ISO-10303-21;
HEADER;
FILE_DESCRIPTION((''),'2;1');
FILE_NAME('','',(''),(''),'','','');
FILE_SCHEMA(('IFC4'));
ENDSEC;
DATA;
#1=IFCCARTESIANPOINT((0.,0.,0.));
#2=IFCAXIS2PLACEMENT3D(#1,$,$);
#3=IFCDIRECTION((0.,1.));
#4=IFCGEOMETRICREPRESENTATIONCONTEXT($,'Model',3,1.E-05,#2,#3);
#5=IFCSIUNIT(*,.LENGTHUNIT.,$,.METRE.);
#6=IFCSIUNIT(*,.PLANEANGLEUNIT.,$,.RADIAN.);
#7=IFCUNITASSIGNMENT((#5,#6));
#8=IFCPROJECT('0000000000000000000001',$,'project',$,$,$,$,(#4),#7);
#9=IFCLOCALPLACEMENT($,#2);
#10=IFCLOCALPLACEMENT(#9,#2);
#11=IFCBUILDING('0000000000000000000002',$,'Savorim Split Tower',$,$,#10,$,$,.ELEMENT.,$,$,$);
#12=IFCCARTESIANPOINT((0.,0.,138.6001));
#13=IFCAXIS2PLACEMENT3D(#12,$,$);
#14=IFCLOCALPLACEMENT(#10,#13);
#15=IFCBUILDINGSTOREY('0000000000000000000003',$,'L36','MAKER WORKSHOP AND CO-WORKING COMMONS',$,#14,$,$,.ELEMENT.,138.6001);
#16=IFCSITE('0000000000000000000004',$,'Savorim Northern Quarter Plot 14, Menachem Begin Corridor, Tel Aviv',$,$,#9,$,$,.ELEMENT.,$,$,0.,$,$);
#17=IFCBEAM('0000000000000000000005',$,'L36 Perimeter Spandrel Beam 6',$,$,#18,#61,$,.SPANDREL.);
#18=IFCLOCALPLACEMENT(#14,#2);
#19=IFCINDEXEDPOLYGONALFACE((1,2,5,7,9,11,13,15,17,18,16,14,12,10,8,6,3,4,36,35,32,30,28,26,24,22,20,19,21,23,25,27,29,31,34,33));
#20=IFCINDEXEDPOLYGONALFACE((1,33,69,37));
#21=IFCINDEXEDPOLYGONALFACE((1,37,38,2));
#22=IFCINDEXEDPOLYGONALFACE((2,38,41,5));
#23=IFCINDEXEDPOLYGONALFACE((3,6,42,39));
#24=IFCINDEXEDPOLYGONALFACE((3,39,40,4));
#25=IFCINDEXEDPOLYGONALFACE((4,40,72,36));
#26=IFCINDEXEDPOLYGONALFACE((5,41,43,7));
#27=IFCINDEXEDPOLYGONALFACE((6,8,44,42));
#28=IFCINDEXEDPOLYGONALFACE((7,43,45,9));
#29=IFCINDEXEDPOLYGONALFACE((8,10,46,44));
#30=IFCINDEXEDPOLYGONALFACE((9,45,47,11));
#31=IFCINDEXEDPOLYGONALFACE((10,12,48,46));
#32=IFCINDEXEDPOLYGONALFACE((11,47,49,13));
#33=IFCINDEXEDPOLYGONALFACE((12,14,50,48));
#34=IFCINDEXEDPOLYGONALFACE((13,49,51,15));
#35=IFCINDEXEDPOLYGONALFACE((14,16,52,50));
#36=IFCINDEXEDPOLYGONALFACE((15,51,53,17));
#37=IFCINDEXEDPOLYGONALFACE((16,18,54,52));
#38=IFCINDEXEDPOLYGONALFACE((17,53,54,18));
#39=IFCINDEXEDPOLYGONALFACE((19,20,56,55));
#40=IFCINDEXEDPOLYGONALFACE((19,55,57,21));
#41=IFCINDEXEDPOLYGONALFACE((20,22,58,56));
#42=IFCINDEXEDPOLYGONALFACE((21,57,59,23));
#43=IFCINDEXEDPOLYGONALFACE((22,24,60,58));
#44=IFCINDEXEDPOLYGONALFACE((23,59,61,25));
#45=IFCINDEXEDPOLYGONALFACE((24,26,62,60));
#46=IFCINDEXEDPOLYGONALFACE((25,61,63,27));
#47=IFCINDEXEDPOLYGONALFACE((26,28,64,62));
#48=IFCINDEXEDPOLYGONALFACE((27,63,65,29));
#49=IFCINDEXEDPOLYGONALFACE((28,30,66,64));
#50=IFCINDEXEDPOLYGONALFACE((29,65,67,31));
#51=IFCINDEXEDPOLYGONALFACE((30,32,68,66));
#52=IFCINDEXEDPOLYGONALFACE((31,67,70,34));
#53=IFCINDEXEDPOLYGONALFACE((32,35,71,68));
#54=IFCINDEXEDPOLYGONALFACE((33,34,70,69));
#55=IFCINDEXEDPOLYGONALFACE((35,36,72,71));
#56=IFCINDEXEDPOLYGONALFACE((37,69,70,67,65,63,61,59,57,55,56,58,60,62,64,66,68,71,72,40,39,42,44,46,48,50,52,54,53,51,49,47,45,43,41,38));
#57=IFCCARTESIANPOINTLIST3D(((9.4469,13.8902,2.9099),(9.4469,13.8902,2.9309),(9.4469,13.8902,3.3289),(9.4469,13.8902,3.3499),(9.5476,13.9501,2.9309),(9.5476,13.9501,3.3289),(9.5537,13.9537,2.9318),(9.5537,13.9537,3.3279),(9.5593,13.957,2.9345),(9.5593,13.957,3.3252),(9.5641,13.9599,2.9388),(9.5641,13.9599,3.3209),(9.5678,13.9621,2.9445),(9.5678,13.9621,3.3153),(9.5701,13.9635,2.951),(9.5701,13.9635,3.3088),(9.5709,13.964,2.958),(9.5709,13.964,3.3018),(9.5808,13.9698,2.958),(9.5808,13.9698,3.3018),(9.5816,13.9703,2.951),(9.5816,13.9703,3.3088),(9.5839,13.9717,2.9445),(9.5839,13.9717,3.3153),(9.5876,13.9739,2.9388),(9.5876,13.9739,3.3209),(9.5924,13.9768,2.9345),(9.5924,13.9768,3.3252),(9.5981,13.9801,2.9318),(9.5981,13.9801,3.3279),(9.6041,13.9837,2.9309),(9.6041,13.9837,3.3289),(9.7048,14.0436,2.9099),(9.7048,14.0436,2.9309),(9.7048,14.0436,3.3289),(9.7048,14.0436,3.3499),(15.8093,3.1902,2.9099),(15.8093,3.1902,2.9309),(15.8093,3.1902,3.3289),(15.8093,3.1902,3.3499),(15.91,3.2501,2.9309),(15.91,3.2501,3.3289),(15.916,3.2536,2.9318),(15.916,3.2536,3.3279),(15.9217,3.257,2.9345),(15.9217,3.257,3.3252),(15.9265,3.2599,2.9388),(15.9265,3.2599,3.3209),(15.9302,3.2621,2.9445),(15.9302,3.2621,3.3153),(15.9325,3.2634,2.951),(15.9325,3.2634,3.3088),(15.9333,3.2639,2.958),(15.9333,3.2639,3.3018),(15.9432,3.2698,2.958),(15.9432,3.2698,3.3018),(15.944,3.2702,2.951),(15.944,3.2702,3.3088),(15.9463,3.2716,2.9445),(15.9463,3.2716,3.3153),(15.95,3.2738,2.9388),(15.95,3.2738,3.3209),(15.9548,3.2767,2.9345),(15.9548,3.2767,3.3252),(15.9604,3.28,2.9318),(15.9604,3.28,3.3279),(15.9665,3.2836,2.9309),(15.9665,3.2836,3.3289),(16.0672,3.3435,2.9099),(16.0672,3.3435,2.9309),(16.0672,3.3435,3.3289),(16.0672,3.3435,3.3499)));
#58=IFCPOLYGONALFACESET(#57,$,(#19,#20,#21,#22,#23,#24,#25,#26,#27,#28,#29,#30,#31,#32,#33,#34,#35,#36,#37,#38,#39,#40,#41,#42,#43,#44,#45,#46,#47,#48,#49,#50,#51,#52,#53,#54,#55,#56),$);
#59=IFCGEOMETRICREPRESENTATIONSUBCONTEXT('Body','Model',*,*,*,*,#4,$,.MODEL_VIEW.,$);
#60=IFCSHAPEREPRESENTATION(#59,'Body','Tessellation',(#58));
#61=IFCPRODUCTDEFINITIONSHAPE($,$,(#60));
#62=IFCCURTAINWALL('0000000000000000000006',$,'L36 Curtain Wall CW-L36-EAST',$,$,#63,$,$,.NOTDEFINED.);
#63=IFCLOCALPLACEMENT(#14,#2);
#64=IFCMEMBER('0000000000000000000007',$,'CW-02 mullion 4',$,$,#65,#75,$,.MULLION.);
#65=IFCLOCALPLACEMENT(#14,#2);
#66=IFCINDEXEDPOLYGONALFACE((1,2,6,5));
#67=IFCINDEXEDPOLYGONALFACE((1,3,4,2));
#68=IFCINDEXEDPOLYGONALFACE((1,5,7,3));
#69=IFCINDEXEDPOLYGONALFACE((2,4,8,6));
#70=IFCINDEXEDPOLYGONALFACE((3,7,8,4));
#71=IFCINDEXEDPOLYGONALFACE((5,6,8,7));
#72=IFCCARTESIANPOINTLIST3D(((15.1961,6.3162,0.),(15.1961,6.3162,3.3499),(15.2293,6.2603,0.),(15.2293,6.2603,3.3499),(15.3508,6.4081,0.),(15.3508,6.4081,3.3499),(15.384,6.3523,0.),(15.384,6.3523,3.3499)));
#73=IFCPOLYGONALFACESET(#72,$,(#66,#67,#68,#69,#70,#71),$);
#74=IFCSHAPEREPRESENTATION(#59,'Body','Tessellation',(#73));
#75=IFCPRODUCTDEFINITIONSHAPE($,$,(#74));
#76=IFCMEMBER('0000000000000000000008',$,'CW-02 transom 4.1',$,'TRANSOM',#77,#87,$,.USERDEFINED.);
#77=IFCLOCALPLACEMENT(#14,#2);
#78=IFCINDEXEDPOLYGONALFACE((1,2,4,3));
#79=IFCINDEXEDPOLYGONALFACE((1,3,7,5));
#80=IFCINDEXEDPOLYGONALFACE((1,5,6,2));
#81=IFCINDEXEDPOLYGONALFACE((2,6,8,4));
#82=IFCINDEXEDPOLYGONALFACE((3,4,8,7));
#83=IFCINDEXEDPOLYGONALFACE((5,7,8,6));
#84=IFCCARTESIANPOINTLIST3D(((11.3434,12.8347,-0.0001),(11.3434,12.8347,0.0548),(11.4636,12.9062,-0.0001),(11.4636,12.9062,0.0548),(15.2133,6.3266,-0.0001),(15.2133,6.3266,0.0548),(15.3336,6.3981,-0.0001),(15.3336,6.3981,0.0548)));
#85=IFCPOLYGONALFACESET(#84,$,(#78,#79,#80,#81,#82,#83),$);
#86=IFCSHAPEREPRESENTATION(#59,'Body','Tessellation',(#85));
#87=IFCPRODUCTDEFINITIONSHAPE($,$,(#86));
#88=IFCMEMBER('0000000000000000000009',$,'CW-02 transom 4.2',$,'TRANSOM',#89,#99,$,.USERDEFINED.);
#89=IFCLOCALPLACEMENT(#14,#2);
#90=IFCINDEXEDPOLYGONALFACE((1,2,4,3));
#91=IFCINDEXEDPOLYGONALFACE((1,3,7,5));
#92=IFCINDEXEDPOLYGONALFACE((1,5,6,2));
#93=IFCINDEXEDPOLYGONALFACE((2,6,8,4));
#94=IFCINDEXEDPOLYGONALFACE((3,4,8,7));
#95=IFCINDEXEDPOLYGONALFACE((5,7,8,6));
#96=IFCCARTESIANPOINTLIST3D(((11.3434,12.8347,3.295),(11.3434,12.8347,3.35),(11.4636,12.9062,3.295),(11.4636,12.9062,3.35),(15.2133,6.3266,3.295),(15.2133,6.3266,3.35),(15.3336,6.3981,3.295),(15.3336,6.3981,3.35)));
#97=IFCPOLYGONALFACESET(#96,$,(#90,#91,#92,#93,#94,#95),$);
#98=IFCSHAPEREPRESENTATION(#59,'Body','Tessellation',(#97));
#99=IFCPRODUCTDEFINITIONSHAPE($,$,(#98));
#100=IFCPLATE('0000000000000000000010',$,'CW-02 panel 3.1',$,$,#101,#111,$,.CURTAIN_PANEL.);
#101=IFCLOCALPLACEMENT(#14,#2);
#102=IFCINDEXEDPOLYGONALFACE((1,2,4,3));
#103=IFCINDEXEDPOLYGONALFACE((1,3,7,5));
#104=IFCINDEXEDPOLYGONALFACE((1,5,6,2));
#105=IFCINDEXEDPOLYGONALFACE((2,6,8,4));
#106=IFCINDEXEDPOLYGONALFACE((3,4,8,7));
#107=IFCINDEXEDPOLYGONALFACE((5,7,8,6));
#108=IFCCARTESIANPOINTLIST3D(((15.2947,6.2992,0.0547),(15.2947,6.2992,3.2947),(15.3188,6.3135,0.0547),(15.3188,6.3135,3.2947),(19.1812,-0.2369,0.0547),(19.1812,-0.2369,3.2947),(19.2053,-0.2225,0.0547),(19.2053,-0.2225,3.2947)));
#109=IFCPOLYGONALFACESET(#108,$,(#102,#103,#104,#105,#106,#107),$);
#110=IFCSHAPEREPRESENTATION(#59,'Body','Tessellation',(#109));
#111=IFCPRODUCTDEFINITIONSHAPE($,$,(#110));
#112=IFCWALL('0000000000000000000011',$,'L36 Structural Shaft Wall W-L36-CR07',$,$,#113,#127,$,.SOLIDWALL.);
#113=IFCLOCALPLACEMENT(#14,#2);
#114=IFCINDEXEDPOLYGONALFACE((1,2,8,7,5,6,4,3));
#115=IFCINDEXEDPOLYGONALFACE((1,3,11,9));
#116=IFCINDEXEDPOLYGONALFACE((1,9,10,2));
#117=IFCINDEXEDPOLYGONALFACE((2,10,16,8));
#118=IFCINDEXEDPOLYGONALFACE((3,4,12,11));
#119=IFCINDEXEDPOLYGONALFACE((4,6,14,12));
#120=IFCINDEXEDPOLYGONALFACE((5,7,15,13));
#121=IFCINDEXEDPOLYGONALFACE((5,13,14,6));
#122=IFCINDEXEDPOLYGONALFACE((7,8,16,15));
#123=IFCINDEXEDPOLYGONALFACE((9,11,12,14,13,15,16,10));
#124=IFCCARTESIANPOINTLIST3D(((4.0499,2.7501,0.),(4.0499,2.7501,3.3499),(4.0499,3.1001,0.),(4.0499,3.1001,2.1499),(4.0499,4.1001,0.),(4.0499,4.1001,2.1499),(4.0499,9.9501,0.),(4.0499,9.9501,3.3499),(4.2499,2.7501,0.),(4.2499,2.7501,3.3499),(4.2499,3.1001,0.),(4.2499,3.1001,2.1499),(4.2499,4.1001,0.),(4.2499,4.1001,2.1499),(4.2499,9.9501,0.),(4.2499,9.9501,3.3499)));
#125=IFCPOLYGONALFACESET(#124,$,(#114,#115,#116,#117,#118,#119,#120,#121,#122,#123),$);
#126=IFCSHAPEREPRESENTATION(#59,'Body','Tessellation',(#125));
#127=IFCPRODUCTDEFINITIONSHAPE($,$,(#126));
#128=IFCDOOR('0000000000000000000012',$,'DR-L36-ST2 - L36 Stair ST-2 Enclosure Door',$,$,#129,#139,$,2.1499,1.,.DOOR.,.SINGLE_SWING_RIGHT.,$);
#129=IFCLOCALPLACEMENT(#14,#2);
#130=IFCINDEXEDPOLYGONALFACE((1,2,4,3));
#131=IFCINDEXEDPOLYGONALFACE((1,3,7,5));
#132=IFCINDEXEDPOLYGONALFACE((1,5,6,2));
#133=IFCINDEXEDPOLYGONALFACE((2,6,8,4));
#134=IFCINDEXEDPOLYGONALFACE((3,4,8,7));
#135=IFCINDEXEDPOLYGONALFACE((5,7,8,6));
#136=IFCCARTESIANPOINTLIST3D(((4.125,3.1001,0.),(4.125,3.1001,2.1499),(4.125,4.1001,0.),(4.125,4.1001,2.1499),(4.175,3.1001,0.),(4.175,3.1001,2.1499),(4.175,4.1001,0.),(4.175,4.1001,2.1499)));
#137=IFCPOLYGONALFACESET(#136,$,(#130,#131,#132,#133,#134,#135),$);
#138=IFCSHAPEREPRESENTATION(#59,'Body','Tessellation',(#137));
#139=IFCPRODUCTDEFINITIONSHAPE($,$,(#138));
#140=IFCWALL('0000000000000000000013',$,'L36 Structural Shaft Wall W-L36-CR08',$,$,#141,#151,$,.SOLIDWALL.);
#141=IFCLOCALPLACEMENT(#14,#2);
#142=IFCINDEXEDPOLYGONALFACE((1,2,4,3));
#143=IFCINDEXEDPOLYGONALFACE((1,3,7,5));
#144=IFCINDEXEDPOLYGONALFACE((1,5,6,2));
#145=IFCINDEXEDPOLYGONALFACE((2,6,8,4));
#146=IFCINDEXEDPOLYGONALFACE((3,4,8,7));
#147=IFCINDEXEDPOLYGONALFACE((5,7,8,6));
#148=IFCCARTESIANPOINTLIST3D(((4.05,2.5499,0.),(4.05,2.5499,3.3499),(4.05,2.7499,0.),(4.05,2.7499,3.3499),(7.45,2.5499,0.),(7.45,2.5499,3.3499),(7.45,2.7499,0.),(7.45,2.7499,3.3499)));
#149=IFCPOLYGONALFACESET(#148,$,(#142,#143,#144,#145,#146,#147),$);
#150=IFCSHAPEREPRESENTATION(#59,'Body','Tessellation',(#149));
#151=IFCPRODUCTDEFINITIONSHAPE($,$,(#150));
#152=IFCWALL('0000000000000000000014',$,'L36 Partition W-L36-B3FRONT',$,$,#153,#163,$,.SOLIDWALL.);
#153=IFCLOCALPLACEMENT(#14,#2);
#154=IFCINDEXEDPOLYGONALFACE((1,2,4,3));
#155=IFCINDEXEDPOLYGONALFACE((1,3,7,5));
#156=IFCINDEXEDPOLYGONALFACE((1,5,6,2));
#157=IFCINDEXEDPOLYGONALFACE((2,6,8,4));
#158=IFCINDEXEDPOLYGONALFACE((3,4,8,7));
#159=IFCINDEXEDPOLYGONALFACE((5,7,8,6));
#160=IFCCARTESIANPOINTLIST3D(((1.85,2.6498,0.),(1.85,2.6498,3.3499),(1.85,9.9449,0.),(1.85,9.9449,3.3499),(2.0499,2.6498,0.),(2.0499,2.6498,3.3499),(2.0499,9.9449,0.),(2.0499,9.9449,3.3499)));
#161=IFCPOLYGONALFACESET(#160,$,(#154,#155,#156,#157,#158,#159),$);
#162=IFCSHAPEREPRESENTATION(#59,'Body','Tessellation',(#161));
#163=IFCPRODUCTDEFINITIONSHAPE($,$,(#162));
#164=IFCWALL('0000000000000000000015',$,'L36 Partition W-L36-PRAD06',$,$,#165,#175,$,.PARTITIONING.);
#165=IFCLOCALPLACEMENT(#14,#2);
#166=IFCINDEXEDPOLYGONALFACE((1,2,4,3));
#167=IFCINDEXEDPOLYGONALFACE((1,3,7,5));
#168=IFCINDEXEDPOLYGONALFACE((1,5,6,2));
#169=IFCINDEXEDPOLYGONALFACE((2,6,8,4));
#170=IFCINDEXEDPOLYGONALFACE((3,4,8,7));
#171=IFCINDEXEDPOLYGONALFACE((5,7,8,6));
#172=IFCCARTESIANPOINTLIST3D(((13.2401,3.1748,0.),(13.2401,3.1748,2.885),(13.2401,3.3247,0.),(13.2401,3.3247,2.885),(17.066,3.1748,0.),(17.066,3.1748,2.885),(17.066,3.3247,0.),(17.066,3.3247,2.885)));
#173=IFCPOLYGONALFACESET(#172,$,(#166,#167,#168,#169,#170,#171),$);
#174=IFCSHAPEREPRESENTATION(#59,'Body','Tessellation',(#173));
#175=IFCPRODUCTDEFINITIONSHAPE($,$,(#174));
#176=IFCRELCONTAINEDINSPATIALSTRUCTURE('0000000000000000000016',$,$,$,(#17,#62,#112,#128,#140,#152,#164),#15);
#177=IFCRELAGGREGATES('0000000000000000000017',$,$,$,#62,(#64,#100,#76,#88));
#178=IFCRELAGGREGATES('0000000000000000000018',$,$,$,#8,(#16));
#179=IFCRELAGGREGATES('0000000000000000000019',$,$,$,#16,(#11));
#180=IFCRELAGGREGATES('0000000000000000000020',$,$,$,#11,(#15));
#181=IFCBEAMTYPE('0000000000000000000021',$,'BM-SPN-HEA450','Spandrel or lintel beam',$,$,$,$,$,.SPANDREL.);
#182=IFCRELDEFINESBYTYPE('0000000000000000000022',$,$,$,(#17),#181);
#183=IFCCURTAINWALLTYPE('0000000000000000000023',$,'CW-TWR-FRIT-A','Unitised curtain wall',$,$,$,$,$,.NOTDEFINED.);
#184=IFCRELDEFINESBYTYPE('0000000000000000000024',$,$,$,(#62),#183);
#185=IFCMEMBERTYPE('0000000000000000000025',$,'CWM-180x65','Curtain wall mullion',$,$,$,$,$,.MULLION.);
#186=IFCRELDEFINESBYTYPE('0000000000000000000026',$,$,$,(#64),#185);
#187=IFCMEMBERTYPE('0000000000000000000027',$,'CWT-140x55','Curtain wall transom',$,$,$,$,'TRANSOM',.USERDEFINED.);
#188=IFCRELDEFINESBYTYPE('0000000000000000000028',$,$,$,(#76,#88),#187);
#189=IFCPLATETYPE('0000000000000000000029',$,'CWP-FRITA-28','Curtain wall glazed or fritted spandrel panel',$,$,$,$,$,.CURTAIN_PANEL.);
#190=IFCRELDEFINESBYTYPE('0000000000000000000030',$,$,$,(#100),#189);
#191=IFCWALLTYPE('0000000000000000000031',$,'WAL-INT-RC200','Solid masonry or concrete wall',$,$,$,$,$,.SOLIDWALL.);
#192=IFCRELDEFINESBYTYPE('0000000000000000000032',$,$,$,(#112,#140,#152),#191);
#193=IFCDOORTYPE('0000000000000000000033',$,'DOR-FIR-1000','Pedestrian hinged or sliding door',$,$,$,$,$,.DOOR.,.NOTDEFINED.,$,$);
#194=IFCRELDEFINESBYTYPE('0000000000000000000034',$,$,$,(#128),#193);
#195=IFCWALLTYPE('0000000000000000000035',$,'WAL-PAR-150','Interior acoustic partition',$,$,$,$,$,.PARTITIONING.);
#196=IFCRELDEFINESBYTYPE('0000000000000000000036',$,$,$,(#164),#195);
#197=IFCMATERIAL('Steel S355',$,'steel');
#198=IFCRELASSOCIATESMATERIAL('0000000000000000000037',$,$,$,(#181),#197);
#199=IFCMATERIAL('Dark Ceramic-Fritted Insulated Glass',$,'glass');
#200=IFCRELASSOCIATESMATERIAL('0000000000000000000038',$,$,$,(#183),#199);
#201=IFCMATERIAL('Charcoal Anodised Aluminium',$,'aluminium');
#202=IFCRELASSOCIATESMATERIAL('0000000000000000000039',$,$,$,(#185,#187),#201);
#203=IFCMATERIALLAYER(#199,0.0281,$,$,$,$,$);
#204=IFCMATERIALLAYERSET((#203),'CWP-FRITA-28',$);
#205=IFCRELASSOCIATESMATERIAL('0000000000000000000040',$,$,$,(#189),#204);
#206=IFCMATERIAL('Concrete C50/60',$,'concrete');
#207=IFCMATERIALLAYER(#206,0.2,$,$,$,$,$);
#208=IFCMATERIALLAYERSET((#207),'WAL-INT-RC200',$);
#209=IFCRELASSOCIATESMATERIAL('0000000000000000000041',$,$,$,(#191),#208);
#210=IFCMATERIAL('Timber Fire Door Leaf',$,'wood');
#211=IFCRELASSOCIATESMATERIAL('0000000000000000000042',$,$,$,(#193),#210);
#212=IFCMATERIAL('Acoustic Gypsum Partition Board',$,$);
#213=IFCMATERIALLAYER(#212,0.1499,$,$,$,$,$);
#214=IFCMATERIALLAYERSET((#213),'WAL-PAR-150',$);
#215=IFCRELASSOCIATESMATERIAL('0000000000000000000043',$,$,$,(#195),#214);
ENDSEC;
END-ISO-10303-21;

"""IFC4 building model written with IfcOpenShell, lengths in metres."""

from ifc_helpers import new_model, si_unit, direction, frame, frame_2d, origin, origin_2d, place, context, subcontext, project, spatial, rectangle, i_section, extrude, material, layer, layer_set, material_profile, profile_set, type_object, element, fill, aggregate, save


model = new_model("IFC4")

# Units and contexts
model_context = context("Model", 3, precision=1e-05, world=origin(), true_north=direction((0.0, 1.0)))
body_context = subcontext(model_context, "Body", "Model", "MODEL_VIEW")
ifc_project = project(units=[si_unit("LENGTHUNIT", "METRE"), si_unit("PLANEANGLEUNIT", "RADIAN")], contexts=[model_context])

# Site, building, storey
site_placement = place(None, origin())
site = spatial("IfcSite", under=ifc_project, at=site_placement, Name="Savorim Northern Quarter Plot 14, Menachem Begin Corridor, Tel Aviv", CompositionType="ELEMENT", RefElevation=0.0)
building_placement = place(site_placement, origin())
building = spatial("IfcBuilding", under=site, at=building_placement, Name="Savorim Split Tower", CompositionType="ELEMENT")
storey_placement = place(building_placement, frame((0.0, 0.0, 138.6001)))
storey = spatial("IfcBuildingStorey", under=building, at=storey_placement, Name="L36", Description="MAKER WORKSHOP AND CO-WORKING COMMONS", CompositionType="ELEMENT", Elevation=138.6001)

# Beam
ifc_material_1 = material(Name="Steel S355", Category="steel")
ifc_material_profile_1 = material_profile(ifc_material_1, i_section(OverallWidth=0.3, OverallDepth=0.4399, WebThickness=0.0115, FlangeThickness=0.021, FilletRadius=0.0271, at=origin_2d()), Name="HEA 450")
ifc_profile_set_1 = profile_set([ifc_material_profile_1], Name="Steel S355")
beam_type_1 = type_object("IfcBeamType", Name="BM-SPN-HEA450", Description="Spandrel or lintel beam", PredefinedType="SPANDREL", material=ifc_profile_set_1)
beam_1_placement = place(storey_placement, frame((15.9382, 3.2668, 3.1299), z_axis=(-0.511086, 0.85953, 0.0), x_axis=(-0.85953, -0.511086, 0.0)))
element("IfcBeam", 1, at=beam_1_placement, inside=storey, type_object=beam_type_1, Name="L36 Perimeter Spandrel Beam 6", PredefinedType="SPANDREL", context=body_context, shape_type="SweptSolid", body=[
    extrude(i_section(OverallWidth=0.3, OverallDepth=0.4399, WebThickness=0.0115, FlangeThickness=0.021, FilletRadius=0.0271, at=origin_2d()), origin(), (0.0, 0.0, 1.0), 12.4487),
])

# Curtain wall, members, plate
ifc_material_2 = material(Name="Dark Ceramic-Fritted Insulated Glass", Category="glass")
curtain_wall_type = type_object("IfcCurtainWallType", Name="CW-TWR-FRIT-A", Description="Unitised curtain wall", PredefinedType="NOTDEFINED", material=ifc_material_2)
curtain_wall_placement = place(storey_placement, origin())
curtain_wall = element("IfcCurtainWall", 2, at=curtain_wall_placement, inside=storey, type_object=curtain_wall_type, Name="L36 Curtain Wall CW-L36-EAST", PredefinedType="NOTDEFINED")
ifc_material_3 = material(Name="Charcoal Anodised Aluminium", Category="aluminium")
ifc_material_profile_2 = material_profile(ifc_material_3, rectangle(XDim=0.1799, YDim=0.0649, at=origin_2d()), Name="ALU-M 180x65")
ifc_profile_set_2 = profile_set([ifc_material_profile_2], Name="Charcoal Anodised Aluminium")
member_type_1 = type_object("IfcMemberType", Name="CWM-180x65", Description="Curtain wall mullion", PredefinedType="MULLION", material=ifc_profile_set_2)
member_1_placement = place(storey_placement, frame((15.29, 6.3342, 0.0), z_axis=(0.0, 0.0, 1.0), x_axis=(-0.859526, -0.511091, 0.0)))
member_1 = element("IfcMember", 3, at=member_1_placement, type_object=member_type_1, Name="CW-02 mullion 4", PredefinedType="MULLION", context=body_context, shape_type="SweptSolid", body=[
    extrude(rectangle(XDim=0.1799, YDim=0.0649, at=origin_2d()), origin(), (0.0, 0.0, 1.0), 3.3499),
])
ifc_material_profile_3 = material_profile(ifc_material_3, rectangle(XDim=0.1399, YDim=0.0549, at=origin_2d()), Name="ALU-T 140x55")
ifc_profile_set_3 = profile_set([ifc_material_profile_3], Name="Charcoal Anodised Aluminium")
member_type_2 = type_object("IfcMemberType", Name="CWT-140x55", Description="Curtain wall transom", ElementType="TRANSOM", PredefinedType="USERDEFINED", material=ifc_profile_set_3)
member_2_placement = place(storey_placement, frame((15.2734, 6.3623, 0.0273), z_axis=(-0.511097, 0.859523, 0.0), x_axis=(-0.859523, -0.511097, 0.0)))
member_2 = element("IfcMember", 4, at=member_2_placement, type_object=member_type_2, Name="CW-02 transom 4.1", ObjectType="TRANSOM", PredefinedType="USERDEFINED", context=body_context, shape_type="SweptSolid", body=[
    extrude(rectangle(XDim=0.1399, YDim=0.0549, at=origin_2d()), origin(), (0.0, 0.0, 1.0), 7.5718),
])
member_3_placement = place(storey_placement, frame((15.2734, 6.3623, 3.3225), z_axis=(-0.511097, 0.859523, 0.0), x_axis=(-0.859523, -0.511097, 0.0)))
member_3 = element("IfcMember", 5, at=member_3_placement, type_object=member_type_2, Name="CW-02 transom 4.2", ObjectType="TRANSOM", PredefinedType="USERDEFINED", context=body_context, shape_type="SweptSolid", body=[
    extrude(rectangle(XDim=0.1399, YDim=0.0549, at=origin_2d()), origin(), (0.0, 0.0, 1.0), 7.5718),
])
ifc_layer_1 = layer(ifc_material_2, 0.0281)
ifc_layer_set_1 = layer_set([ifc_layer_1], Name="CWP-FRITA-28")
plate_type = type_object("IfcPlateType", Name="CWP-FRITA-28", Description="Curtain wall glazed or fritted spandrel panel", PredefinedType="CURTAIN_PANEL", material=ifc_layer_set_1)
plate_placement = place(storey_placement, frame((17.25, 3.0383, 0.0547), z_axis=(0.0, 0.0, 1.0), x_axis=(-0.511091, 0.859526, 0.0)))
plate = element("IfcPlate", 6, at=plate_placement, type_object=plate_type, Name="CW-02 panel 3.1", PredefinedType="CURTAIN_PANEL", context=body_context, shape_type="SweptSolid", body=[
    extrude(rectangle(XDim=7.6042, YDim=0.0281, at=origin_2d()), origin(), (0.0, 0.0, 1.0), 3.24),
])
aggregate(curtain_wall, [member_1, plate, member_2, member_3])

# Wall, opening, door
ifc_material_4 = material(Name="Concrete C50/60", Category="concrete")
ifc_layer_2 = layer(ifc_material_4, 0.2)
ifc_layer_set_2 = layer_set([ifc_layer_2], Name="WAL-INT-RC200")
wall_type_1 = type_object("IfcWallType", Name="WAL-INT-RC200", Description="Solid masonry or concrete wall", PredefinedType="SOLIDWALL", material=ifc_layer_set_2)
wall_1_placement = place(storey_placement, frame((4.1499, 2.75, 0.0), z_axis=(0.0, 0.0, 1.0), x_axis=(0.0, 1.0, 0.0)))
wall_1 = element("IfcWall", 7, at=wall_1_placement, inside=storey, type_object=wall_type_1, Name="L36 Structural Shaft Wall W-L36-CR07", PredefinedType="SOLIDWALL", context=body_context, shape_type="SweptSolid", body=[
    extrude(rectangle(XDim=7.2, YDim=0.2, at=frame_2d((3.6001, 0.0))), origin(), (0.0, 0.0, 1.0), 3.3499),
])
opening_placement = place(wall_1_placement, frame((0.3501, 0.0, 0.0)))
opening = element("IfcOpeningElement", 8, at=opening_placement, cuts=wall_1, PredefinedType="OPENING", context=body_context, shape_type="SweptSolid", body=[
    extrude(rectangle(XDim=1.0, YDim=2.1499, at=frame_2d((0.5, 1.075))), frame((0.0, 0.1099, 0.0), z_axis=(0.0, -1.0, 0.0), x_axis=(1.0, 0.0, 0.0)), (0.0, 0.0, 1.0), 0.22),
])
ifc_material_5 = material(Name="Timber Fire Door Leaf", Category="wood")
door_type = type_object("IfcDoorType", Name="DOR-FIR-1000", Description="Pedestrian hinged or sliding door", OperationType="NOTDEFINED", PredefinedType="DOOR", material=ifc_material_5)
door_placement = place(opening_placement, origin())
door = element("IfcDoor", 9, at=door_placement, inside=storey, type_object=door_type, Name="DR-L36-ST2 - L36 Stair ST-2 Enclosure Door", OperationType="SINGLE_SWING_RIGHT", OverallHeight=2.1499, OverallWidth=1.0, PredefinedType="DOOR", context=body_context, shape_type="SweptSolid", body=[
    extrude(rectangle(XDim=1.0, YDim=2.1499, at=frame_2d((0.5, 1.075))), frame((0.0, 0.0249, 0.0), z_axis=(0.0, -1.0, 0.0), x_axis=(1.0, 0.0, 0.0)), (0.0, 0.0, 1.0), 0.05),
])
fill(opening, door)

# Walls
wall_2_placement = place(storey_placement, frame((4.05, 2.6499, 0.0), z_axis=(0.0, 0.0, 1.0), x_axis=(1.0, 0.0, 0.0)))
element("IfcWall", 10, at=wall_2_placement, inside=storey, type_object=wall_type_1, Name="L36 Structural Shaft Wall W-L36-CR08", PredefinedType="SOLIDWALL", context=body_context, shape_type="SweptSolid", body=[
    extrude(rectangle(XDim=3.3999, YDim=0.2, at=frame_2d((1.7, 0.0))), origin(), (0.0, 0.0, 1.0), 3.3499),
])
wall_3_placement = place(storey_placement, frame((1.95, 2.6499, 0.0), z_axis=(0.0, 0.0, 1.0), x_axis=(0.0, 1.0, 0.0)))
element("IfcWall", 11, at=wall_3_placement, inside=storey, type_object=wall_type_1, Name="L36 Partition W-L36-B3FRONT", PredefinedType="SOLIDWALL", context=body_context, shape_type="SweptSolid", body=[
    extrude(rectangle(XDim=7.2952, YDim=0.2, at=frame_2d((3.6475, 0.0))), origin(), (0.0, 0.0, 1.0), 3.3499),
])
ifc_material_6 = material(Name="Acoustic Gypsum Partition Board")
ifc_layer_3 = layer(ifc_material_6, 0.1499)
ifc_layer_set_3 = layer_set([ifc_layer_3], Name="WAL-PAR-150")
wall_type_2 = type_object("IfcWallType", Name="WAL-PAR-150", Description="Interior acoustic partition", PredefinedType="PARTITIONING", material=ifc_layer_set_3)
wall_4_placement = place(storey_placement, frame((13.24, 3.2498, 0.0), z_axis=(0.0, 0.0, 1.0), x_axis=(1.0, 0.0, 0.0)))
element("IfcWall", 12, at=wall_4_placement, inside=storey, type_object=wall_type_2, Name="L36 Partition W-L36-PRAD06", PredefinedType="PARTITIONING", context=body_context, shape_type="SweptSolid", body=[
    extrude(rectangle(XDim=3.8259, YDim=0.1499, at=frame_2d((1.9131, 0.0))), origin(), (0.0, 0.0, 1.0), 2.885),
])

save(model, "model.ifc")
